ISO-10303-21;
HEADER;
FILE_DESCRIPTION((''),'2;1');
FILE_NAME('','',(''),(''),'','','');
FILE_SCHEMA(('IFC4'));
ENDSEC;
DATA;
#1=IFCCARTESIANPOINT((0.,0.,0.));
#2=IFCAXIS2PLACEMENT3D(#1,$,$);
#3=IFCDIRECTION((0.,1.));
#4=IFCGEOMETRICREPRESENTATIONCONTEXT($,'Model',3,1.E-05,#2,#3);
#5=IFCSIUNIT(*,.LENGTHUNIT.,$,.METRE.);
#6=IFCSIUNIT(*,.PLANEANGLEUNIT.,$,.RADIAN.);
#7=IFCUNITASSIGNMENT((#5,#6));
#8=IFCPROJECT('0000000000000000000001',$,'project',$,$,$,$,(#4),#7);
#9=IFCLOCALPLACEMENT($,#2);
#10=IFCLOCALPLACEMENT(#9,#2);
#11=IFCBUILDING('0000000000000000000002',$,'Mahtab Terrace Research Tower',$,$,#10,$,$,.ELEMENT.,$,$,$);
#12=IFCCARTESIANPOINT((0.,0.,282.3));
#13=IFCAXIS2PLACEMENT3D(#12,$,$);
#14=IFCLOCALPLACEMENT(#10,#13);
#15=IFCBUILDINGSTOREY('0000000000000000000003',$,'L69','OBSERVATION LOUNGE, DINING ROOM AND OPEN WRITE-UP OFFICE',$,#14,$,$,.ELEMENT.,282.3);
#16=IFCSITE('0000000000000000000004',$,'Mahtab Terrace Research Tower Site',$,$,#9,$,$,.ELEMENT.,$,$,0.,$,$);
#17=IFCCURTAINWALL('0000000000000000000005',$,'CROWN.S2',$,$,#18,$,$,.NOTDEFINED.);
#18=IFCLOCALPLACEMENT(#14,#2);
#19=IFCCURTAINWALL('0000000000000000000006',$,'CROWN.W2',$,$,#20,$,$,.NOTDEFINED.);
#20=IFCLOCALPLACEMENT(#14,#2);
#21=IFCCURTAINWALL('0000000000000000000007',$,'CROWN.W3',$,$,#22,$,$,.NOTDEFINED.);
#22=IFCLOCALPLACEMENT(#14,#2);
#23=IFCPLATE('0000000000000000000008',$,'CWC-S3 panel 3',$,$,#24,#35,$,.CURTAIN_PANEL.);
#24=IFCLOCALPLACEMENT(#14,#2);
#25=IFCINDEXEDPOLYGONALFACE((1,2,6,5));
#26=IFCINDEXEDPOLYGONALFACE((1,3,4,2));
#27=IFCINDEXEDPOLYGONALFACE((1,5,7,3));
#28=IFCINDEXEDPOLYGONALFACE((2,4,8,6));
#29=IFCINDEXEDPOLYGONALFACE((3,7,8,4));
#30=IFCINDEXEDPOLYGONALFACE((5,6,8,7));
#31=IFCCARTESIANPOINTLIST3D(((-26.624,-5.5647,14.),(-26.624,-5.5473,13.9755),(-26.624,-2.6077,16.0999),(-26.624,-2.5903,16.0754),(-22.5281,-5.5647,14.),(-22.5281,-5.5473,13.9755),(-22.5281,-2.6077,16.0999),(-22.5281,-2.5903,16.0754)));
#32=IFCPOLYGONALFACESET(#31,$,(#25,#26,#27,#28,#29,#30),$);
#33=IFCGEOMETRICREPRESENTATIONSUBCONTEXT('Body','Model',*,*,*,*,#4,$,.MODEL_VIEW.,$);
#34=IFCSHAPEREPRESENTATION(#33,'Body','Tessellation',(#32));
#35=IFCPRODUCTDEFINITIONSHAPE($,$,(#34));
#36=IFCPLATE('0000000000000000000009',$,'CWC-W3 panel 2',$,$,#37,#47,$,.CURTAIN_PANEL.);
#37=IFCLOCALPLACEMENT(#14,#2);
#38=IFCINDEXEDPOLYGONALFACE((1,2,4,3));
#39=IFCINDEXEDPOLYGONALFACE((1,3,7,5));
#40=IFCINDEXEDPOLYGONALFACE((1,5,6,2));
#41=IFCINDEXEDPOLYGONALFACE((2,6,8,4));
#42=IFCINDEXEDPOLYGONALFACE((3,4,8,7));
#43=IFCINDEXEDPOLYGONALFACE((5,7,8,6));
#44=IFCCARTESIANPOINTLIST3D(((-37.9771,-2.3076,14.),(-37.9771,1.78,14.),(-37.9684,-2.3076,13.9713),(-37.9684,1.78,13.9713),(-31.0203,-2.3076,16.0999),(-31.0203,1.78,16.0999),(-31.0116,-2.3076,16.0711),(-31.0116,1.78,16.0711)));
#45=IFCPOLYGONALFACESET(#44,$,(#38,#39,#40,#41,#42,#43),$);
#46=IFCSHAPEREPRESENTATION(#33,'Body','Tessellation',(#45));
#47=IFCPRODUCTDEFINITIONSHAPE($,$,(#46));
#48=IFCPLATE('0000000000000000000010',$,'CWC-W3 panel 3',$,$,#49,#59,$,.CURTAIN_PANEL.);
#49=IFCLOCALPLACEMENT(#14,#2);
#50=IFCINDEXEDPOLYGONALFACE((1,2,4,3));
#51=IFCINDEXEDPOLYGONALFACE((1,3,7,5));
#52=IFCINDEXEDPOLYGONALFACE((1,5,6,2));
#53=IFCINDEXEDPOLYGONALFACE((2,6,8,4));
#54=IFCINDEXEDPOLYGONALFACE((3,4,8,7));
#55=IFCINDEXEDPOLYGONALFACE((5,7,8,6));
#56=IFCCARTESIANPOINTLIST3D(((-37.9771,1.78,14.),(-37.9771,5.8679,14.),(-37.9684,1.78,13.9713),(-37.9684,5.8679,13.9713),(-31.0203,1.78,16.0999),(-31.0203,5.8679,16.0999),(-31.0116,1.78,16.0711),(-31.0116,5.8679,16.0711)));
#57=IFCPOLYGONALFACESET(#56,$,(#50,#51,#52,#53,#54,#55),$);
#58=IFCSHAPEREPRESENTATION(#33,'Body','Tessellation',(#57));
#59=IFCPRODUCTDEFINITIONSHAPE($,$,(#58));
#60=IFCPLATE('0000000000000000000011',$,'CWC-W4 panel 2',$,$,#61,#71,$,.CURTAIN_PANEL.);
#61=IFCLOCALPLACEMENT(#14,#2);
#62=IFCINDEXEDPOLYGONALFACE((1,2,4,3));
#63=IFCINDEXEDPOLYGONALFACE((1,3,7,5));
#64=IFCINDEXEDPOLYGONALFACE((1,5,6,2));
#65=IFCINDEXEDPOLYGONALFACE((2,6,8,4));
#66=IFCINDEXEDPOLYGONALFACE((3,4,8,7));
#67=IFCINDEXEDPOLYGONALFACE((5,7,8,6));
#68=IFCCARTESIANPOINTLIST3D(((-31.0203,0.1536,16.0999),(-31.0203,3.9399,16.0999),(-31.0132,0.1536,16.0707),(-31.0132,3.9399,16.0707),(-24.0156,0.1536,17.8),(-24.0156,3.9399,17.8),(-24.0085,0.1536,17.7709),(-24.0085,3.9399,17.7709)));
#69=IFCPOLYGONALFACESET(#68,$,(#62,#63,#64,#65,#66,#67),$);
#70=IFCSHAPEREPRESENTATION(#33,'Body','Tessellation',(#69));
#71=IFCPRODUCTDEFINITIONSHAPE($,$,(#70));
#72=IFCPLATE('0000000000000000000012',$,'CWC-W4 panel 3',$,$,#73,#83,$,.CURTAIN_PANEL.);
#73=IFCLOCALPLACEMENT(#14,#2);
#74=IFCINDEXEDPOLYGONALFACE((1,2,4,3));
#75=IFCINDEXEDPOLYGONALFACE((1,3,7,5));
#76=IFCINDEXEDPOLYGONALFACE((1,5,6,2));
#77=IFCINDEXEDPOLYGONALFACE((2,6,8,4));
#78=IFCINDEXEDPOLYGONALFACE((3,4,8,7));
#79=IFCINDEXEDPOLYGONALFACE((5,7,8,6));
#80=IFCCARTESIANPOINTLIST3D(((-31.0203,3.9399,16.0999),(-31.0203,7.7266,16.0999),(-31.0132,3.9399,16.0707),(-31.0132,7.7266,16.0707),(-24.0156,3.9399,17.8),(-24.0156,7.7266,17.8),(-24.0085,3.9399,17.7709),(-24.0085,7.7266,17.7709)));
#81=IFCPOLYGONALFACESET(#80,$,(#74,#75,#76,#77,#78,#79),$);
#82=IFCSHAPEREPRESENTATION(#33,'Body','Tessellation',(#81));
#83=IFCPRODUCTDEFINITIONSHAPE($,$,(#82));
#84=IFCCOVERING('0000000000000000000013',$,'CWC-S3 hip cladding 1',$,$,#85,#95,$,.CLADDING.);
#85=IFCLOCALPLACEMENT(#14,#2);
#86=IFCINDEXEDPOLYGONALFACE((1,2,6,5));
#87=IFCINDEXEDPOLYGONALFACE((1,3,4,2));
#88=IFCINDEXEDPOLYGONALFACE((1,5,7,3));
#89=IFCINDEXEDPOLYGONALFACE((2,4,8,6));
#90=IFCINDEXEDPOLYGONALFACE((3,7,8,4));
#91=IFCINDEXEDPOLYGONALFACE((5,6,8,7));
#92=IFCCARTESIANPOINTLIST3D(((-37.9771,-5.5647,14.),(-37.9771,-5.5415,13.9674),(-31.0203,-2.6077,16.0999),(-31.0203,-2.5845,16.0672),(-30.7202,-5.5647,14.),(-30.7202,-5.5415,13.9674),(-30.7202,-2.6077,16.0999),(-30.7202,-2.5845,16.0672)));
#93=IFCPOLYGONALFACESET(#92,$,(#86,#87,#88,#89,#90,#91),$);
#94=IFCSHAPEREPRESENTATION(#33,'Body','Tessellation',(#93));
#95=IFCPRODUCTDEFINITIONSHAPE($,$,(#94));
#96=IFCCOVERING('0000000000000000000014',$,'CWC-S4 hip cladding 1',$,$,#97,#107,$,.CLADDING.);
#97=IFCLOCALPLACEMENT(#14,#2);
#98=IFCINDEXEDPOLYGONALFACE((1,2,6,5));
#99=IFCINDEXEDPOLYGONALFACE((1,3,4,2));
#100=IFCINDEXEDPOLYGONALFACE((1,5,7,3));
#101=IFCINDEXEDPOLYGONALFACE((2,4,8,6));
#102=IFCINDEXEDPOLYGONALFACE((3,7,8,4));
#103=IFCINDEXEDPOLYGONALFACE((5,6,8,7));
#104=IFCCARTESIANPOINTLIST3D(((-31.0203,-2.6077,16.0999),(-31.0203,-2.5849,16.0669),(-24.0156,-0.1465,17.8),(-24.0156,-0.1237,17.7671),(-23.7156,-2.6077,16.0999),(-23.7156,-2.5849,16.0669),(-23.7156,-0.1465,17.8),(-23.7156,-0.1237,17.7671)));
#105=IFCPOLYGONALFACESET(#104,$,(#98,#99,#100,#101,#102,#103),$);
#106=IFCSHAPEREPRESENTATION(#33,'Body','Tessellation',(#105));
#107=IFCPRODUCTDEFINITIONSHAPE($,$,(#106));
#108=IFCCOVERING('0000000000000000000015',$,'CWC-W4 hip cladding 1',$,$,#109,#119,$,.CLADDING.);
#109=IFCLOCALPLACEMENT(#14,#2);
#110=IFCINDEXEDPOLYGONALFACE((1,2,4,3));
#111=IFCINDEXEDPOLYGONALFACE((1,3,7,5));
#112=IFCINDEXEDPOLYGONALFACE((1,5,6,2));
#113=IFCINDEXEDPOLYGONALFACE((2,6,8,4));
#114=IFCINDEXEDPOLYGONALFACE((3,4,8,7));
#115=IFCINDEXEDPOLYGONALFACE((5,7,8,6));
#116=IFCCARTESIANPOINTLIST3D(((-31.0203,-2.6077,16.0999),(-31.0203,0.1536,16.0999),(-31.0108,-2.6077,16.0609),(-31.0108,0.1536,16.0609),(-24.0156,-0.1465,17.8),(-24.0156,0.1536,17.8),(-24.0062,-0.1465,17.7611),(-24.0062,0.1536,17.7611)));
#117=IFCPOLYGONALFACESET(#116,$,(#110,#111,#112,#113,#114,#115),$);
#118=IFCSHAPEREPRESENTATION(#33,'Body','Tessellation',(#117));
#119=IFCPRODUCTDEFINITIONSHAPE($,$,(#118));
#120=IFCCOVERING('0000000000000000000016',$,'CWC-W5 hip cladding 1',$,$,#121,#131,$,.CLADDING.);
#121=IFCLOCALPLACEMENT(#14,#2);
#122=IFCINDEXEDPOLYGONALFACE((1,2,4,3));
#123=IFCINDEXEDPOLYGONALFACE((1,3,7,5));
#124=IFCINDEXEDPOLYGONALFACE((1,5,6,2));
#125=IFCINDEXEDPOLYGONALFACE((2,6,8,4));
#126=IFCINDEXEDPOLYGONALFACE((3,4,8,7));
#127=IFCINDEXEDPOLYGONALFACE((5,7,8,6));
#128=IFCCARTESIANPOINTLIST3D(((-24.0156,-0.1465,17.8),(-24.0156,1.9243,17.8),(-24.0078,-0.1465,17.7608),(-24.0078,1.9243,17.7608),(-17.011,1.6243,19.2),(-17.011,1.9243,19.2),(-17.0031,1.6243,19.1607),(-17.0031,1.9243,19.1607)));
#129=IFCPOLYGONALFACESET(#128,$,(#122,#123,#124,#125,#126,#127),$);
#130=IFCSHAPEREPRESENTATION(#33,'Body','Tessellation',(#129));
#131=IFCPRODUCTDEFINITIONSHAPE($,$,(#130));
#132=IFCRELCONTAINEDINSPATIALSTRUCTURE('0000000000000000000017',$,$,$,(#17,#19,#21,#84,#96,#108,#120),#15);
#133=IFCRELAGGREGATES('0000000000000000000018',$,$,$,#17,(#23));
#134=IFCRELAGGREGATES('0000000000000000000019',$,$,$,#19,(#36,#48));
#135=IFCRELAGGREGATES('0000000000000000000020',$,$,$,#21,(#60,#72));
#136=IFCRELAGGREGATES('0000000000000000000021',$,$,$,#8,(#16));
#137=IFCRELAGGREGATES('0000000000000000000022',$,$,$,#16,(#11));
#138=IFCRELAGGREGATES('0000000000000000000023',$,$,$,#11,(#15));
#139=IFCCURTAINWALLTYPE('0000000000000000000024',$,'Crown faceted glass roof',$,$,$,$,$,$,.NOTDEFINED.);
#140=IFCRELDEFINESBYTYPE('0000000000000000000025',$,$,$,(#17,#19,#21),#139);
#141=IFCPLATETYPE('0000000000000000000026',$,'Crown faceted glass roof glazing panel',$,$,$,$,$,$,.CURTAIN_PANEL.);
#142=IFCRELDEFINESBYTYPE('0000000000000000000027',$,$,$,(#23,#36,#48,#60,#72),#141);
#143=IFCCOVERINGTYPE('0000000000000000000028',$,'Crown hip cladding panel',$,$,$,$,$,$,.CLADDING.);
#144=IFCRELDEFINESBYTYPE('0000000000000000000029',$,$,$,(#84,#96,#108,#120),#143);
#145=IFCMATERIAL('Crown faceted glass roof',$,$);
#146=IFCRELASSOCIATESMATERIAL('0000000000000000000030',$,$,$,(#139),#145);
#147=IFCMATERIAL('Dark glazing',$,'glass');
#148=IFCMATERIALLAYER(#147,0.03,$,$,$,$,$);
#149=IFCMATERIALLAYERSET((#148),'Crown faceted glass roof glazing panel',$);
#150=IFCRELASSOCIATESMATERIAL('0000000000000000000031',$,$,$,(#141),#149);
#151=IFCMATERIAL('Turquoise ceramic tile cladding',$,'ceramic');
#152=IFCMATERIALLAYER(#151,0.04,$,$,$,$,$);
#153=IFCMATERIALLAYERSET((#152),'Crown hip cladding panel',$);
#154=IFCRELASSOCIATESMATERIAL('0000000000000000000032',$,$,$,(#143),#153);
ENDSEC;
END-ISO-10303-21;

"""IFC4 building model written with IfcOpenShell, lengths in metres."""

from ifc_helpers import new_model, si_unit, direction, frame, origin, place, context, subcontext, project, spatial, polyline, outline, extrude, material, layer, layer_set, type_object, element, aggregate, save


model = new_model("IFC4")

# Units and contexts
model_context = context("Model", 3, precision=1e-05, world=origin(), true_north=direction((0.0, 1.0)))
body_context = subcontext(model_context, "Body", "Model", "MODEL_VIEW")
ifc_project = project(units=[si_unit("LENGTHUNIT", "METRE"), si_unit("PLANEANGLEUNIT", "RADIAN")], contexts=[model_context])

# Site, building, storey
site_placement = place(None, origin())
site = spatial("IfcSite", under=ifc_project, at=site_placement, Name="Mahtab Terrace Research Tower Site", CompositionType="ELEMENT", RefElevation=0.0)
building_placement = place(site_placement, origin())
building = spatial("IfcBuilding", under=site, at=building_placement, Name="Mahtab Terrace Research Tower", CompositionType="ELEMENT")
storey_placement = place(building_placement, frame((0.0, 0.0, 282.3)))
storey = spatial("IfcBuildingStorey", under=building, at=storey_placement, Name="L69", Description="OBSERVATION LOUNGE, DINING ROOM AND OPEN WRITE-UP OFFICE", CompositionType="ELEMENT", Elevation=282.3)

# Curtain wall
ifc_material_1 = material(Name="Crown faceted glass roof")
curtain_wall_type = type_object("IfcCurtainWallType", Name="Crown faceted glass roof", PredefinedType="NOTDEFINED", material=ifc_material_1)
curtain_wall_1_placement = place(storey_placement, origin())
curtain_wall_1 = element("IfcCurtainWall", 1, at=curtain_wall_1_placement, inside=storey, type_object=curtain_wall_type, Name="CROWN.S2", PredefinedType="NOTDEFINED")

# Curtain walls
curtain_wall_2_placement = place(storey_placement, origin())
curtain_wall_2 = element("IfcCurtainWall", 2, at=curtain_wall_2_placement, inside=storey, type_object=curtain_wall_type, Name="CROWN.W2", PredefinedType="NOTDEFINED")
curtain_wall_3_placement = place(storey_placement, origin())
curtain_wall_3 = element("IfcCurtainWall", 3, at=curtain_wall_3_placement, inside=storey, type_object=curtain_wall_type, Name="CROWN.W3", PredefinedType="NOTDEFINED")

# Shared definitions
ifc_material_2 = material(Name="Dark glazing", Category="glass")
ifc_layer_1 = layer(ifc_material_2, 0.03)
ifc_layer_set_1 = layer_set([ifc_layer_1], Name="Crown faceted glass roof glazing panel")
plate_type = type_object("IfcPlateType", Name="Crown faceted glass roof glazing panel", PredefinedType="CURTAIN_PANEL", material=ifc_layer_set_1)

# Plates
plate_1_placement = place(storey_placement, frame((-22.5281, -5.5647, 14.0), z_axis=(0.0, -0.578988, 0.815336), x_axis=(0.0, 0.815336, 0.578988)))
plate_1 = element("IfcPlate", 4, at=plate_1_placement, type_object=plate_type, Name="CWC-S3 panel 3", PredefinedType="CURTAIN_PANEL", context=body_context, shape_type="SweptSolid", body=[
    extrude(outline(polyline([(0.0, 0.0), (3.6268, 0.0), (3.6268, 4.0959), (0.0, 4.0959), (0.0, 0.0)])), origin(), (0.0, 0.0, -1.0), 0.03),
])
aggregate(curtain_wall_1, [plate_1])
plate_2_placement = place(storey_placement, frame((-31.0203, -2.3076, 16.0999), z_axis=(-0.288966, 0.0, 0.957339), x_axis=(0.0, 1.0, 0.0)))
plate_2 = element("IfcPlate", 5, at=plate_2_placement, type_object=plate_type, Name="CWC-W3 panel 2", PredefinedType="CURTAIN_PANEL", context=body_context, shape_type="SweptSolid", body=[
    extrude(outline(polyline([(0.0, 0.0), (4.0876, 0.0), (4.0876, 7.2668), (0.0, 7.2668), (0.0, 0.0)])), origin(), (0.0, 0.0, -1.0), 0.03),
])
plate_3_placement = place(storey_placement, frame((-31.0203, 1.78, 16.0999), z_axis=(-0.288966, 0.0, 0.957339), x_axis=(0.0, 1.0, 0.0)))
plate_3 = element("IfcPlate", 6, at=plate_3_placement, type_object=plate_type, Name="CWC-W3 panel 3", PredefinedType="CURTAIN_PANEL", context=body_context, shape_type="SweptSolid", body=[
    extrude(outline(polyline([(0.0, 0.0), (4.0879, 0.0), (4.0879, 7.2668), (0.0, 7.2668), (0.0, 0.0)])), origin(), (0.0, 0.0, -1.0), 0.03),
])
aggregate(curtain_wall_2, [plate_2, plate_3])
plate_4_placement = place(storey_placement, frame((-24.0156, 0.1536, 17.8), z_axis=(-0.235875, 0.0, 0.971783), x_axis=(0.0, 1.0, 0.0)))
plate_4 = element("IfcPlate", 7, at=plate_4_placement, type_object=plate_type, Name="CWC-W4 panel 2", PredefinedType="CURTAIN_PANEL", context=body_context, shape_type="SweptSolid", body=[
    extrude(outline(polyline([(0.0, 0.0), (3.7864, 0.0), (3.7864, 7.208), (0.0, 7.208), (0.0, 0.0)])), origin(), (0.0, 0.0, -1.0), 0.03),
])
plate_5_placement = place(storey_placement, frame((-24.0156, 3.9399, 17.8), z_axis=(-0.235875, 0.0, 0.971783), x_axis=(0.0, 1.0, 0.0)))
plate_5 = element("IfcPlate", 8, at=plate_5_placement, type_object=plate_type, Name="CWC-W4 panel 3", PredefinedType="CURTAIN_PANEL", context=body_context, shape_type="SweptSolid", body=[
    extrude(outline(polyline([(0.0, 0.0), (3.7866, 0.0), (3.7866, 7.208), (0.0, 7.208), (0.0, 0.0)])), origin(), (0.0, 0.0, -1.0), 0.03),
])
aggregate(curtain_wall_3, [plate_4, plate_5])

# Coverings
ifc_material_3 = material(Name="Turquoise ceramic tile cladding", Category="ceramic")
ifc_layer_2 = layer(ifc_material_3, 0.04)
ifc_layer_set_2 = layer_set([ifc_layer_2], Name="Crown hip cladding panel")
covering_type = type_object("IfcCoveringType", Name="Crown hip cladding panel", PredefinedType="CLADDING", material=ifc_layer_set_2)
covering_1_placement = place(storey_placement, frame((-31.0203, -2.6077, 16.0999), z_axis=(0.0, -0.578988, 0.815336), x_axis=(1.0, 0.0, 0.0)))
element("IfcCovering", 9, at=covering_1_placement, inside=storey, type_object=covering_type, Name="CWC-S3 hip cladding 1", PredefinedType="CLADDING", context=body_context, shape_type="SweptSolid", body=[
    extrude(outline(polyline([(0.0, 0.0), (0.3, 0.0), (0.3, -3.6268), (-6.9568, -3.6268), (0.0, 0.0)])), origin(), (0.0, 0.0, -1.0), 0.04),
])
covering_2_placement = place(storey_placement, frame((-24.0156, -0.1465, 17.8), z_axis=(0.0, -0.568374, 0.822771), x_axis=(1.0, 0.0, 0.0)))
element("IfcCovering", 10, at=covering_2_placement, inside=storey, type_object=covering_type, Name="CWC-S4 hip cladding 1", PredefinedType="CLADDING", context=body_context, shape_type="SweptSolid", body=[
    extrude(outline(polyline([(0.0, 0.0), (0.3, 0.0), (0.3, -2.9913), (-7.0046, -2.9913), (0.0, 0.0)])), origin(), (0.0, 0.0, -1.0), 0.04),
])
covering_3_placement = place(storey_placement, frame((-31.0203, 0.1536, 16.0999), z_axis=(-0.235875, 0.0, 0.971783), x_axis=(0.971783, 0.0, 0.235875)))
element("IfcCovering", 11, at=covering_3_placement, inside=storey, type_object=covering_type, Name="CWC-W4 hip cladding 1", PredefinedType="CLADDING", context=body_context, shape_type="SweptSolid", body=[
    extrude(outline(polyline([(0.0, 0.0), (7.208, 0.0), (7.208, -0.3), (0.0, -2.7612), (0.0, 0.0)])), origin(), (0.0, 0.0, -1.0), 0.04),
])
covering_4_placement = place(storey_placement, frame((-24.0156, 1.9243, 17.8), z_axis=(-0.195978, 0.0, 0.980608), x_axis=(0.980608, 0.0, 0.195978)))
element("IfcCovering", 12, at=covering_4_placement, inside=storey, type_object=covering_type, Name="CWC-W5 hip cladding 1", PredefinedType="CLADDING", context=body_context, shape_type="SweptSolid", body=[
    extrude(outline(polyline([(0.0, 0.0), (7.1432, 0.0), (7.1432, -0.3), (0.0, -2.0708), (0.0, 0.0)])), origin(), (0.0, 0.0, -1.0), 0.04),
])

save(model, "model.ifc")
